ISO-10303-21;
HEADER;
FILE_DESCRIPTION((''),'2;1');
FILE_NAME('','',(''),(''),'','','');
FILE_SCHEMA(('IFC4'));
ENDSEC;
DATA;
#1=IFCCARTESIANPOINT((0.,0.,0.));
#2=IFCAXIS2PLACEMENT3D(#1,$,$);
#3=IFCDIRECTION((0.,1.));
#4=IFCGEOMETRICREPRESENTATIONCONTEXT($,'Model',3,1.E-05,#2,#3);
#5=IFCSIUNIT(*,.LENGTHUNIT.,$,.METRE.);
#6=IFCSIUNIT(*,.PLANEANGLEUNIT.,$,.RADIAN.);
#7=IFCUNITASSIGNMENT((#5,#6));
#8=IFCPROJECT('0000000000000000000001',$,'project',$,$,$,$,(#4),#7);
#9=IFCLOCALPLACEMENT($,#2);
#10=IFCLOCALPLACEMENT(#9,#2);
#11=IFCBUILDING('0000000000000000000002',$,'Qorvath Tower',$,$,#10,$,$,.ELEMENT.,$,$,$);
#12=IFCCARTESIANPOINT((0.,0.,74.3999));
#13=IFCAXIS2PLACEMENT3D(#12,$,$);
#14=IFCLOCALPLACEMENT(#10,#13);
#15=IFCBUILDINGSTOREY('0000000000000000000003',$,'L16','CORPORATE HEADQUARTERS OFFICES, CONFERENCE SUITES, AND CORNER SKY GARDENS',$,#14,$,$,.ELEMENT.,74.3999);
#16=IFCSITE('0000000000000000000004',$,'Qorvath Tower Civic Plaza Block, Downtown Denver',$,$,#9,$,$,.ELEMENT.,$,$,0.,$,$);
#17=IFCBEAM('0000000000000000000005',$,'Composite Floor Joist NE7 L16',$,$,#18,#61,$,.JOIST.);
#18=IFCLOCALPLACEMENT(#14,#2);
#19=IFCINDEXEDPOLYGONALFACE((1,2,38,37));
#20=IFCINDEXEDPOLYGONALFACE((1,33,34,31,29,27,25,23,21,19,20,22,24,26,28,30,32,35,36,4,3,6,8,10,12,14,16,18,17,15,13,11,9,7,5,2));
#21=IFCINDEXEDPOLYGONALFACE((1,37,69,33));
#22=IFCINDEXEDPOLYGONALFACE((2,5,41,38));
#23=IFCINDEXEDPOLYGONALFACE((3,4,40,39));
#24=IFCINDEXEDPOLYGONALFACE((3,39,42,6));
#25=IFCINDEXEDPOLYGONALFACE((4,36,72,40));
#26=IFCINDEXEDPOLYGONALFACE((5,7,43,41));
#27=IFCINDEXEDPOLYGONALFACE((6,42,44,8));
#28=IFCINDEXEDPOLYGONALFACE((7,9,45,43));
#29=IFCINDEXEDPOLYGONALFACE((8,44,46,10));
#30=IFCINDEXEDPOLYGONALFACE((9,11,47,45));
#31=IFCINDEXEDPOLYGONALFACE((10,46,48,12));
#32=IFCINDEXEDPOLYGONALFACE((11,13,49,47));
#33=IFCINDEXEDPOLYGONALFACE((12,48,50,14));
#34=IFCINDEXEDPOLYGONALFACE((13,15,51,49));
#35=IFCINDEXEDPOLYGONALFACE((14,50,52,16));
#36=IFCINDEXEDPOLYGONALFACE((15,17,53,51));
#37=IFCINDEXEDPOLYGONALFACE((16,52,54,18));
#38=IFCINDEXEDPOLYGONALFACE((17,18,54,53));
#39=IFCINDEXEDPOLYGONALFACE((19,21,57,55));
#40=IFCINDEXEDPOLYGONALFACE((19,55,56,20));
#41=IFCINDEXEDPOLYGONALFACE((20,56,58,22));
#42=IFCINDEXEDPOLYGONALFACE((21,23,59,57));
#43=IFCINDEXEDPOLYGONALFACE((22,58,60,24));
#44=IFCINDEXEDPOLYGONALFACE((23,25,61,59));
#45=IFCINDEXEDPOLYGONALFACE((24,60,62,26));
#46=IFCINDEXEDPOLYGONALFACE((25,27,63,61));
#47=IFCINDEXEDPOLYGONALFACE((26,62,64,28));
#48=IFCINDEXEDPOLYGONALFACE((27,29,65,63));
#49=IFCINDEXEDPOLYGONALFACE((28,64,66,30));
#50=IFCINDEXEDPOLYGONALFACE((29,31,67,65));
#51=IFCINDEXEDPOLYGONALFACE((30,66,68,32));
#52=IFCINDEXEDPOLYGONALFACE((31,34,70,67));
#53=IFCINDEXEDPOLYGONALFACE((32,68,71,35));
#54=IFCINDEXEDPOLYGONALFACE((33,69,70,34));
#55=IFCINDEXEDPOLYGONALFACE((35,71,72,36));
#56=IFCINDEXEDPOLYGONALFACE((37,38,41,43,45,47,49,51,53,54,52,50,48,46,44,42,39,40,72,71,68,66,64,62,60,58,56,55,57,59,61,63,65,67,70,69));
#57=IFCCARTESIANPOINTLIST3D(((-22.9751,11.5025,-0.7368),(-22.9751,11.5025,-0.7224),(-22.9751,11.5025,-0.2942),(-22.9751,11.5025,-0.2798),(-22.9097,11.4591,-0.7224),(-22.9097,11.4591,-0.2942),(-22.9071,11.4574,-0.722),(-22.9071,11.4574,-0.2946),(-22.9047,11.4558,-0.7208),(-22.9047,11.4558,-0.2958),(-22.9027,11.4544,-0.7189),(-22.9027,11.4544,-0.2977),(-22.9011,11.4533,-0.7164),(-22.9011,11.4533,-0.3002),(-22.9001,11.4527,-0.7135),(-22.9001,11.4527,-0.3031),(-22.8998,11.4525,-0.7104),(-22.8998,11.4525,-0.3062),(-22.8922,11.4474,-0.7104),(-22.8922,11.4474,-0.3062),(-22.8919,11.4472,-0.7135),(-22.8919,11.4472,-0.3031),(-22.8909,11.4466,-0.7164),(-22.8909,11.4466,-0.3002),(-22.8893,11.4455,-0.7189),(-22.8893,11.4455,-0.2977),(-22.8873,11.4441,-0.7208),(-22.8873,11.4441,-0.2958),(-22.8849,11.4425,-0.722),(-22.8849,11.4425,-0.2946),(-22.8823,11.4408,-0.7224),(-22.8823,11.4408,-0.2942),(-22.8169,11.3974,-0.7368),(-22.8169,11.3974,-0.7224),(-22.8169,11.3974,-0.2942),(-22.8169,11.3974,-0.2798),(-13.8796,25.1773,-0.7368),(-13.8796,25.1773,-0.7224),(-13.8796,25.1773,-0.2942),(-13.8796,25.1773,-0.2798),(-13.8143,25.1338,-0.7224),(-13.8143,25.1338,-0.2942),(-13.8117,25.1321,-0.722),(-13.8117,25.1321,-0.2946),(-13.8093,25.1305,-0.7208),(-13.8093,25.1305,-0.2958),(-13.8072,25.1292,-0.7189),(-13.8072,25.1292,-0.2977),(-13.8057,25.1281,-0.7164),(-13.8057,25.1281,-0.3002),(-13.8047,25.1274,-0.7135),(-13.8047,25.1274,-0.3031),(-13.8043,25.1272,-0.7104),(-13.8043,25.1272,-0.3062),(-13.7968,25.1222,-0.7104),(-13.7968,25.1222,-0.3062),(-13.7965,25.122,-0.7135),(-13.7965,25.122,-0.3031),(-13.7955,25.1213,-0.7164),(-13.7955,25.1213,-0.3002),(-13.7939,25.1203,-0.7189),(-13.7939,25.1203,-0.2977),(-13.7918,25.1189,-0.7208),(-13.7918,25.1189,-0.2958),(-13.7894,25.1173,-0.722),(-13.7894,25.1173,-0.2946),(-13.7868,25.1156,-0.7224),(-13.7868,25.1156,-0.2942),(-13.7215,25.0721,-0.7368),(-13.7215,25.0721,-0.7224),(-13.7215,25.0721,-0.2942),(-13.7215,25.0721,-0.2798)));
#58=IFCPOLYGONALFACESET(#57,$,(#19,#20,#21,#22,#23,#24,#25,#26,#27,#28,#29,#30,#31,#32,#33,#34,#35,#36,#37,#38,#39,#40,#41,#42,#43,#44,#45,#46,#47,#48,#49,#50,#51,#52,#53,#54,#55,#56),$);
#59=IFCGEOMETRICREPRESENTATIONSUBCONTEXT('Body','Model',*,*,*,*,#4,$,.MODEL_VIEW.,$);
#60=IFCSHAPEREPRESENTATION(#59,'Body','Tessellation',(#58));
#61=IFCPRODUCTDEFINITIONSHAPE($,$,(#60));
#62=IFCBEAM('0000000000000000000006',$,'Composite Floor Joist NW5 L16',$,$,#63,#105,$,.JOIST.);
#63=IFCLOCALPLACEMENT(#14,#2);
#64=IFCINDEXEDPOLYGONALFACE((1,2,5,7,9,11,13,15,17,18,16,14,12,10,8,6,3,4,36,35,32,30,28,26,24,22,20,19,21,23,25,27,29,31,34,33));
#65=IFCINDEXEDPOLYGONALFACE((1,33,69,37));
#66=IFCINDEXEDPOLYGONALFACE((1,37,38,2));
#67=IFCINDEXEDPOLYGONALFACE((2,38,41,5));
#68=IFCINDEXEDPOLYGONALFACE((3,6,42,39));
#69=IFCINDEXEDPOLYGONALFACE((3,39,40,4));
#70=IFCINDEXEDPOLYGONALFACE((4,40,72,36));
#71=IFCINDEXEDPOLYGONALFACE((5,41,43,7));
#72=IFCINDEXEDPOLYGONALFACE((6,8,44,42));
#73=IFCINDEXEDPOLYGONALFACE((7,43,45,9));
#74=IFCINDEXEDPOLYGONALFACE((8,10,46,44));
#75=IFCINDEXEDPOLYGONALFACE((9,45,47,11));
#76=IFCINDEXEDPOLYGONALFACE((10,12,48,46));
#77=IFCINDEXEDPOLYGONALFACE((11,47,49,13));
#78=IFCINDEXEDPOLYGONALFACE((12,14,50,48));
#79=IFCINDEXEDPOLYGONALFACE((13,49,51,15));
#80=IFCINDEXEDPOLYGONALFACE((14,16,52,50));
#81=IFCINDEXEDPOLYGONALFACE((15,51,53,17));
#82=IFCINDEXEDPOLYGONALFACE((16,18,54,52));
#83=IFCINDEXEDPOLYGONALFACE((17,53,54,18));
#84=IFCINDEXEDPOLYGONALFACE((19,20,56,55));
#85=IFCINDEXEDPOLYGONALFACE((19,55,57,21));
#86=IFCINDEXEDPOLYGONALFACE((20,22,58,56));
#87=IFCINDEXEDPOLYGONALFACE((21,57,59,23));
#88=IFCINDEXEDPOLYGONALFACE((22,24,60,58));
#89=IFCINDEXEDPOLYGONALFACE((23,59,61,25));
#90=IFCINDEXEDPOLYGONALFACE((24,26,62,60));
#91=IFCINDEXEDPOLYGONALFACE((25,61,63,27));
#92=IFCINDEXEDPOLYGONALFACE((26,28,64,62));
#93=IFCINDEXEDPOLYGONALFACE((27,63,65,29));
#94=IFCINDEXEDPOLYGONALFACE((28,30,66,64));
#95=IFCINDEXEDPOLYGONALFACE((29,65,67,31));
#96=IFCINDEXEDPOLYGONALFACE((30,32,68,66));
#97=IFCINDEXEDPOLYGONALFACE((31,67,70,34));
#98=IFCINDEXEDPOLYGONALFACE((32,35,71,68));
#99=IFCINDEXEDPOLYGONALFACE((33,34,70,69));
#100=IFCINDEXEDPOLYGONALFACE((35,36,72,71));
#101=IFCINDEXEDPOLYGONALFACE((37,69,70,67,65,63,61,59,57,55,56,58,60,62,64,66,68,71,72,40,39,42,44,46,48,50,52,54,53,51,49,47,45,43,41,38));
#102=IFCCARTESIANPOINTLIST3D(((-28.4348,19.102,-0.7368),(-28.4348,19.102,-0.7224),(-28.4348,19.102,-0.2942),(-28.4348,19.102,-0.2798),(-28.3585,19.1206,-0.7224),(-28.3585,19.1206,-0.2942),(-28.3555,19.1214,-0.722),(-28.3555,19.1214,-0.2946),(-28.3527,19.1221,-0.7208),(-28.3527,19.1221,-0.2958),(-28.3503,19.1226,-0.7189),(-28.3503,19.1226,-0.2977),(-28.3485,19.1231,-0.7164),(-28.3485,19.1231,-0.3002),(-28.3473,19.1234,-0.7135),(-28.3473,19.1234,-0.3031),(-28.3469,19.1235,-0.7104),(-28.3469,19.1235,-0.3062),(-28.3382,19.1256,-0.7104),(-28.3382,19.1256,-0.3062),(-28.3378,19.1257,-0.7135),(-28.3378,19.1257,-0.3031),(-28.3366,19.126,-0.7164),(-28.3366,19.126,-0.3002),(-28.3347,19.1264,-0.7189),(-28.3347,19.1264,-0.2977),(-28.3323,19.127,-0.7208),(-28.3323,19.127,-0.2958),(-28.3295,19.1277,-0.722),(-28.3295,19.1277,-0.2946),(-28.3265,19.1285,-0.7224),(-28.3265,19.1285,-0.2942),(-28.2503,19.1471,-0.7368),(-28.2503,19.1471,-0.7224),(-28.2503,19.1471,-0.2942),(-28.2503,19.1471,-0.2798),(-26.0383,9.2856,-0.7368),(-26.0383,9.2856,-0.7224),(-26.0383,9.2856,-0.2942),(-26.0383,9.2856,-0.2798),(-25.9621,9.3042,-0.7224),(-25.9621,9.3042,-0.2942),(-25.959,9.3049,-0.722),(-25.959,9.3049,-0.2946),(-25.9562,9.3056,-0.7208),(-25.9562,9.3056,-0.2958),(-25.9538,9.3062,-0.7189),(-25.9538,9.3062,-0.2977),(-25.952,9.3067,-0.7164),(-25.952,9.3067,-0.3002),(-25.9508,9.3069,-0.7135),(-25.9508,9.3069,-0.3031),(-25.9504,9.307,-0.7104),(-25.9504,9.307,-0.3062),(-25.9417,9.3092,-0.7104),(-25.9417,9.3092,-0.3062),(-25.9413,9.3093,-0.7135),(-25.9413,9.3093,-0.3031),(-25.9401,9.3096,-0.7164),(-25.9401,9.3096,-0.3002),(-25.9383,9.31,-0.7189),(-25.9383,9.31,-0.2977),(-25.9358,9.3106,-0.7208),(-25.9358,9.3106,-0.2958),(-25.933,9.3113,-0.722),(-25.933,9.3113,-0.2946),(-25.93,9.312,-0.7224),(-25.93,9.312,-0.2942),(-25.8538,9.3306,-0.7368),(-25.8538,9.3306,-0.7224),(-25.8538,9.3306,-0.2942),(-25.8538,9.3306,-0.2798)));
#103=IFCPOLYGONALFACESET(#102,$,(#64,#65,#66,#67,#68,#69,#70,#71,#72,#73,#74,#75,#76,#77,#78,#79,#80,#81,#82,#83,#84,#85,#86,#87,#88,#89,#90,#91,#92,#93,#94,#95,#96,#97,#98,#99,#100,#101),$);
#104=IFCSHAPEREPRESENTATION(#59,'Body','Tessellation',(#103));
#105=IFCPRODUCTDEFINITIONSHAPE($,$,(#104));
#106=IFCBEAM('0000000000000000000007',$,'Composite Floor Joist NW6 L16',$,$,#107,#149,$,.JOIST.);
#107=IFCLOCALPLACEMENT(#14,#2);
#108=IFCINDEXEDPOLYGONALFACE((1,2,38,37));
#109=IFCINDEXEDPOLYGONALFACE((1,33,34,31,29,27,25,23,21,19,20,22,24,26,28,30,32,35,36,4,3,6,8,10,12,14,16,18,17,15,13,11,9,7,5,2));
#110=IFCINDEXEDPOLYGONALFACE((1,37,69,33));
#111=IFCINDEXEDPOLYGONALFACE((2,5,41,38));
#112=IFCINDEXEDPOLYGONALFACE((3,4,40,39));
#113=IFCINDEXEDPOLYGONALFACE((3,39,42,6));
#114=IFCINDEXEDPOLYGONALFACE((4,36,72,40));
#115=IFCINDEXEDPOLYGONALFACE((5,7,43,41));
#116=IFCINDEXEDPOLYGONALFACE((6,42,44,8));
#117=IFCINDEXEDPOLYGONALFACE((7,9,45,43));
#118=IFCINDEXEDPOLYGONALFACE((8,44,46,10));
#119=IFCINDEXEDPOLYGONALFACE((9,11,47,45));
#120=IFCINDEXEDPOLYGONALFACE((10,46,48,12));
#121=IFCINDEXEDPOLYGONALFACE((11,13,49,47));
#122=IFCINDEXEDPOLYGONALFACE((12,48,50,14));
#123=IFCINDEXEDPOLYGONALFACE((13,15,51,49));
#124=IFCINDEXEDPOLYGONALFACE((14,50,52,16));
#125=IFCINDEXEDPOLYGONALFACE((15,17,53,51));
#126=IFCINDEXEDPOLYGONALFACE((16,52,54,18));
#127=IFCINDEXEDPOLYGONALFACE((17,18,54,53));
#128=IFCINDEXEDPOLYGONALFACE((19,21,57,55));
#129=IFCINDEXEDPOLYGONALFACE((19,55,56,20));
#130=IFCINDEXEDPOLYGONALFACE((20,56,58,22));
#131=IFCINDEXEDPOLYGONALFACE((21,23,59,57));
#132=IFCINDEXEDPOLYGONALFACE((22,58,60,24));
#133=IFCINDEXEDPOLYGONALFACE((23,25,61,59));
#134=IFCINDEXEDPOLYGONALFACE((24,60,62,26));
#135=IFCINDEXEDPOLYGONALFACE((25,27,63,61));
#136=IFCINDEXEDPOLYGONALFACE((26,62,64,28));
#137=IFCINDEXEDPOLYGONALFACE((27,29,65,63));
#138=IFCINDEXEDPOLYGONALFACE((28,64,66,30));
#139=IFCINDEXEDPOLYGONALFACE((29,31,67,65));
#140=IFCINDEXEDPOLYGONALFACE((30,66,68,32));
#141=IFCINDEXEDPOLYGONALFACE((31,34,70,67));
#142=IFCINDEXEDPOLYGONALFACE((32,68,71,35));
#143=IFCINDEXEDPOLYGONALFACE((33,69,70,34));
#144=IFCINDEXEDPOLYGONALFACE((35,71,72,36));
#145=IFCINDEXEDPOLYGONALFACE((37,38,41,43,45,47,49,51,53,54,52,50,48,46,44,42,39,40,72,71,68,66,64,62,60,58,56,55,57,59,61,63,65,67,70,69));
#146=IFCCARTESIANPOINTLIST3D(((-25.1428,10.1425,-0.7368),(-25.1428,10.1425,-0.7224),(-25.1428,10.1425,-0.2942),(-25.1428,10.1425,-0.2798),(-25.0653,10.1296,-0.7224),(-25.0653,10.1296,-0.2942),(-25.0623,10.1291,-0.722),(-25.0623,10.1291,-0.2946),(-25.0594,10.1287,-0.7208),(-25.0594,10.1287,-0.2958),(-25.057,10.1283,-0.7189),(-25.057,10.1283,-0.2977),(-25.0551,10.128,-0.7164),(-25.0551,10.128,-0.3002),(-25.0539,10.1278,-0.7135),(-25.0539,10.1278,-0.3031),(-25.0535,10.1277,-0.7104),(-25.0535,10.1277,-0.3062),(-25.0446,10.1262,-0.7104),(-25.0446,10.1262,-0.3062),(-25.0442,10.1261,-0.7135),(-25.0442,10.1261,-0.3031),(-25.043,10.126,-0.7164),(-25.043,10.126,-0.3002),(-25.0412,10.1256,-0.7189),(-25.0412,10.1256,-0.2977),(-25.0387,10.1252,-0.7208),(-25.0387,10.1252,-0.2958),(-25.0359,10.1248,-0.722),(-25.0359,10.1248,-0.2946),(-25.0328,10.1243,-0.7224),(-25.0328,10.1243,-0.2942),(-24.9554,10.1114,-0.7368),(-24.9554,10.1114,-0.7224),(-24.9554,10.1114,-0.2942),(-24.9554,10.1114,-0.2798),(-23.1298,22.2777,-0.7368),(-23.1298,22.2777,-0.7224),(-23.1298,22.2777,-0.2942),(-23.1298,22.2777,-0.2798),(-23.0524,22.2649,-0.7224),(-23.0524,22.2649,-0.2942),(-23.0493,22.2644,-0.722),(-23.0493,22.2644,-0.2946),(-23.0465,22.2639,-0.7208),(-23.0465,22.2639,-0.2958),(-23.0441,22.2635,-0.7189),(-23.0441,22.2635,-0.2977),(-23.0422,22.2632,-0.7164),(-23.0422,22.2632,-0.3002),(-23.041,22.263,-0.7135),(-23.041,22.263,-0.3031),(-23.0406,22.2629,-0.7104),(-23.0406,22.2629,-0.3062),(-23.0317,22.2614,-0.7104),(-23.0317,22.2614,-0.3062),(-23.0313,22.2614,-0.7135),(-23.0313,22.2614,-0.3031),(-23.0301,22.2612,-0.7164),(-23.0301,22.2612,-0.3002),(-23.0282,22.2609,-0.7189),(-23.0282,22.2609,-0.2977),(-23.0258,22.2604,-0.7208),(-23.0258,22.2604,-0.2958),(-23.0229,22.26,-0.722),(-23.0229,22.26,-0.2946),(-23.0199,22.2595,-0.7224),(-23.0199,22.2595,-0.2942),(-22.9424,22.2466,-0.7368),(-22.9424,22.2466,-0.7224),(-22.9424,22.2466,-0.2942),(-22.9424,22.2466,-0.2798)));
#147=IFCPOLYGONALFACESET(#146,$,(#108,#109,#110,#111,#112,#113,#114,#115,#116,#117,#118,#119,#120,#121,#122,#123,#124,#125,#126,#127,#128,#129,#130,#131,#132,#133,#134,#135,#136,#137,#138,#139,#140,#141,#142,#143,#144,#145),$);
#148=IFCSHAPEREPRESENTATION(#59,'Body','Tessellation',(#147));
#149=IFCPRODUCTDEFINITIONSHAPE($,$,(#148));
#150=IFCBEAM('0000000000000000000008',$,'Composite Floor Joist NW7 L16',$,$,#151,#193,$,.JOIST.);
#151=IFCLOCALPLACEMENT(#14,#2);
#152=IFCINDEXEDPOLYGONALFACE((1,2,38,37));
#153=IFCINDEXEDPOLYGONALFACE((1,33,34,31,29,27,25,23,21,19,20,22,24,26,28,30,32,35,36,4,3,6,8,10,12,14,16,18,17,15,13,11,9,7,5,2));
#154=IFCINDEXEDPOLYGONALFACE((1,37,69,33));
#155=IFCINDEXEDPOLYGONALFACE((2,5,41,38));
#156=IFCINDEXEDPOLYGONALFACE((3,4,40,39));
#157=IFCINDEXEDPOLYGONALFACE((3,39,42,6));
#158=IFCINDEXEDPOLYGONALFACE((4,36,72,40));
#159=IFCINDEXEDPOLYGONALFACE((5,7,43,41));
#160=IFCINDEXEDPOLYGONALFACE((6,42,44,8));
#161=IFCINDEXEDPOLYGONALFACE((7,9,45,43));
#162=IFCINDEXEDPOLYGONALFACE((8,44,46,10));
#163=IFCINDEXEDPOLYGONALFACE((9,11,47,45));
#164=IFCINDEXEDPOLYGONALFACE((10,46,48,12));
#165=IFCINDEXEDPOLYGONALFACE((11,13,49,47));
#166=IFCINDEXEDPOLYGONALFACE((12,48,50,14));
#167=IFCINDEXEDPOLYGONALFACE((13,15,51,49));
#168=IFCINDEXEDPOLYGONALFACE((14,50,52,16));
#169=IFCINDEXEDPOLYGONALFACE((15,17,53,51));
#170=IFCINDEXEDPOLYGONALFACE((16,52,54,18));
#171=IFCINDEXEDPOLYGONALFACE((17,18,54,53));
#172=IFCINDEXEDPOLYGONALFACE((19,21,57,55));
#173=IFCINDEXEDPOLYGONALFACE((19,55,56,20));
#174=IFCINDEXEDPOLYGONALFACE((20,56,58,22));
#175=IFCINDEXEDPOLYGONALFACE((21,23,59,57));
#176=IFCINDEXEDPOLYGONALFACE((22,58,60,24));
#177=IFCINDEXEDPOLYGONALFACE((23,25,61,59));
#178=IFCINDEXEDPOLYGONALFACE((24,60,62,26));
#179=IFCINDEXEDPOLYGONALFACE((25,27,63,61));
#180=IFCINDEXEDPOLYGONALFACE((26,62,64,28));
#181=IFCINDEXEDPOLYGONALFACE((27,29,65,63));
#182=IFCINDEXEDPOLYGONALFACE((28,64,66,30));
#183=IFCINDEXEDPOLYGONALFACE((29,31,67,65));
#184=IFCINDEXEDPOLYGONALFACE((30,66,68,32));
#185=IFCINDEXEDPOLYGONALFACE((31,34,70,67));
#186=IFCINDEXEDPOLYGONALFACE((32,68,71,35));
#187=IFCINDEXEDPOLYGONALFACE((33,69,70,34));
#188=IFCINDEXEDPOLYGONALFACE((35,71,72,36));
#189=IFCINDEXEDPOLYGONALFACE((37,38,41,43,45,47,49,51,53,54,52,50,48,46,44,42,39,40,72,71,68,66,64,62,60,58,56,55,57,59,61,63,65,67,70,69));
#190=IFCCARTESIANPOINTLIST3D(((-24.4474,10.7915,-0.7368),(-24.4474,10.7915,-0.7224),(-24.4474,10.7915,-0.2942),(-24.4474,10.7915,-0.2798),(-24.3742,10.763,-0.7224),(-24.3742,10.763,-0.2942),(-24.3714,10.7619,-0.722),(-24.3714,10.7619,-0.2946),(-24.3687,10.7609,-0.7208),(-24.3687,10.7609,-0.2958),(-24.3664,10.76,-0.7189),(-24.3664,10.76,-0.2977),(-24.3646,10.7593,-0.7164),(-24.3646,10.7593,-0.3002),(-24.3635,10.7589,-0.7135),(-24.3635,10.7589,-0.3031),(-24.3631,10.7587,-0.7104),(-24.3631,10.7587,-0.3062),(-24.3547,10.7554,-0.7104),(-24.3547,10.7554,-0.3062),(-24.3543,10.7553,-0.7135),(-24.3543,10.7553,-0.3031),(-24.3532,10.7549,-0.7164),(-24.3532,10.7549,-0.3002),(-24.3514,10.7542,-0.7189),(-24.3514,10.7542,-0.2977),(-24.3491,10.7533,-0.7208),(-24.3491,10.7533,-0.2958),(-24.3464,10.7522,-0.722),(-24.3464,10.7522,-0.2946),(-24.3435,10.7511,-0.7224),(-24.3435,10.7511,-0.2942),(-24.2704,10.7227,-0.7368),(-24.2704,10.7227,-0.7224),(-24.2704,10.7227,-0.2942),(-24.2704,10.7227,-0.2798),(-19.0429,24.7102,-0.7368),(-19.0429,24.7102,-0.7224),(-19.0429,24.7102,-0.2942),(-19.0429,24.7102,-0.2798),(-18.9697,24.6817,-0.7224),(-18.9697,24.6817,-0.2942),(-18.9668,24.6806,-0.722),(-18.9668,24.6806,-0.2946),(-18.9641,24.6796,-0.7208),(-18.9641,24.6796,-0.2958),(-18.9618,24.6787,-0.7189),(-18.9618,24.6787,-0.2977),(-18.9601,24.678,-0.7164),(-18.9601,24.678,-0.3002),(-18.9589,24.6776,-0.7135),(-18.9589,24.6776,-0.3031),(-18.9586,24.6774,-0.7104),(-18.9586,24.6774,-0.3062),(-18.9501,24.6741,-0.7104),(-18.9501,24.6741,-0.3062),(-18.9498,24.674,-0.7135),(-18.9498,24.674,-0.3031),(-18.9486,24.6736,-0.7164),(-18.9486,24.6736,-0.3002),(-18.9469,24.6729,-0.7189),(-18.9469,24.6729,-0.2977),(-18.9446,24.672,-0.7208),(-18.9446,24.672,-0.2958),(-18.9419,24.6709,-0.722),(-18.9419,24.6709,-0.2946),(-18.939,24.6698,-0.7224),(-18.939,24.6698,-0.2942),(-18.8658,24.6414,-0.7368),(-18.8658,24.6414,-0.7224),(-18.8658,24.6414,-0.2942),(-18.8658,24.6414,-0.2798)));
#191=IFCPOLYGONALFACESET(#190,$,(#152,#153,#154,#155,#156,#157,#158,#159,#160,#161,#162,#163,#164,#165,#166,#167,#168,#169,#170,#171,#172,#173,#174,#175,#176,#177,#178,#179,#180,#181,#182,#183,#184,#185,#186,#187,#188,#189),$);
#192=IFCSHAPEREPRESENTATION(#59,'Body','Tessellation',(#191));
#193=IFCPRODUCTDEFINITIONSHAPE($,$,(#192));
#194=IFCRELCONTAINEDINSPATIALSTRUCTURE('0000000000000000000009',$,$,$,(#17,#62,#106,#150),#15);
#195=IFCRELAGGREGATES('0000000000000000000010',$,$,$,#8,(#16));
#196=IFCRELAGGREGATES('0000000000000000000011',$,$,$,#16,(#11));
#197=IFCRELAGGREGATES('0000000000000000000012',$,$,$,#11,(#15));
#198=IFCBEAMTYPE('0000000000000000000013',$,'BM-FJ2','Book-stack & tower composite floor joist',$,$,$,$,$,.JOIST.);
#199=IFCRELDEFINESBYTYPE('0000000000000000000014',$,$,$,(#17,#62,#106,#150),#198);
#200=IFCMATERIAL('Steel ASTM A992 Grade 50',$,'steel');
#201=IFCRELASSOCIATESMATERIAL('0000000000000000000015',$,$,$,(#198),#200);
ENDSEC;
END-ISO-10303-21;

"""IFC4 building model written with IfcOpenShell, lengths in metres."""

from ifc_helpers import new_model, si_unit, direction, frame, origin, origin_2d, place, context, subcontext, project, spatial, i_section, extrude, material, material_profile, profile_set, type_object, element, save


model = new_model("IFC4")

# Units and contexts
model_context = context("Model", 3, precision=1e-05, world=origin(), true_north=direction((0.0, 1.0)))
body_context = subcontext(model_context, "Body", "Model", "MODEL_VIEW")
ifc_project = project(units=[si_unit("LENGTHUNIT", "METRE"), si_unit("PLANEANGLEUNIT", "RADIAN")], contexts=[model_context])

# Site, building, storey
site_placement = place(None, origin())
site = spatial("IfcSite", under=ifc_project, at=site_placement, Name="Qorvath Tower Civic Plaza Block, Downtown Denver", CompositionType="ELEMENT", RefElevation=0.0)
building_placement = place(site_placement, origin())
building = spatial("IfcBuilding", under=site, at=building_placement, Name="Qorvath Tower", CompositionType="ELEMENT")
storey_placement = place(building_placement, frame((0.0, 0.0, 74.3999)))
storey = spatial("IfcBuildingStorey", under=building, at=storey_placement, Name="L16", Description="CORPORATE HEADQUARTERS OFFICES, CONFERENCE SUITES, AND CORNER SKY GARDENS", CompositionType="ELEMENT", Elevation=74.3999)

# Beams
ifc_material_1 = material(Name="Steel ASTM A992 Grade 50", Category="steel")
ifc_material_profile_1 = material_profile(ifc_material_1, i_section(OverallWidth=0.1899, OverallDepth=0.457, WebThickness=0.009, FlangeThickness=0.0144, FilletRadius=0.012, at=origin_2d()), Name="W18x50")
ifc_profile_set_1 = profile_set([ifc_material_profile_1], Name="Steel ASTM A992 Grade 50")
beam_type_1 = type_object("IfcBeamType", Name="BM-FJ2", Description="Book-stack & tower composite floor joist", PredefinedType="JOIST", material=ifc_profile_set_1)
beam_1_placement = place(storey_placement, frame((-22.896, 11.45, -0.5083), z_axis=(0.553811, 0.832642, 0.0), x_axis=(-0.832642, 0.553811, 0.0)))
element("IfcBeam", 1, at=beam_1_placement, inside=storey, type_object=beam_type_1, Name="Composite Floor Joist NE7 L16", PredefinedType="JOIST", context=body_context, shape_type="SweptSolid", body=[
    extrude(i_section(OverallWidth=0.1899, OverallDepth=0.457, WebThickness=0.009, FlangeThickness=0.0144, FilletRadius=0.012, at=origin_2d()), origin(), (0.0, 0.0, 1.0), 16.4233),
])
beam_2_placement = place(storey_placement, frame((-25.946, 9.3081, -0.5083), z_axis=(-0.237165, 0.971469, 0.0), x_axis=(-0.971469, -0.237165, 0.0)))
element("IfcBeam", 2, at=beam_2_placement, inside=storey, type_object=beam_type_1, Name="Composite Floor Joist NW5 L16", PredefinedType="JOIST", context=body_context, shape_type="SweptSolid", body=[
    extrude(i_section(OverallWidth=0.1899, OverallDepth=0.457, WebThickness=0.009, FlangeThickness=0.0144, FilletRadius=0.012, at=origin_2d()), origin(), (0.0, 0.0, 1.0), 10.1047),
])
beam_3_placement = place(storey_placement, frame((-25.0491, 10.127, -0.5083), z_axis=(0.163639, 0.98652, 0.0), x_axis=(-0.98652, 0.163639, 0.0)))
element("IfcBeam", 3, at=beam_3_placement, inside=storey, type_object=beam_type_1, Name="Composite Floor Joist NW6 L16", PredefinedType="JOIST", context=body_context, shape_type="SweptSolid", body=[
    extrude(i_section(OverallWidth=0.1899, OverallDepth=0.457, WebThickness=0.009, FlangeThickness=0.0144, FilletRadius=0.012, at=origin_2d()), origin(), (0.0, 0.0, 1.0), 12.301),
])
beam_4_placement = place(storey_placement, frame((-24.3589, 10.7571, -0.5083), z_axis=(0.361964, 0.932192, 0.0), x_axis=(-0.932192, 0.361964, 0.0)))
element("IfcBeam", 4, at=beam_4_placement, inside=storey, type_object=beam_type_1, Name="Composite Floor Joist NW7 L16", PredefinedType="JOIST", context=body_context, shape_type="SweptSolid", body=[
    extrude(i_section(OverallWidth=0.1899, OverallDepth=0.457, WebThickness=0.009, FlangeThickness=0.0144, FilletRadius=0.012, at=origin_2d()), origin(), (0.0, 0.0, 1.0), 14.9312),
])

save(model, "model.ifc")
